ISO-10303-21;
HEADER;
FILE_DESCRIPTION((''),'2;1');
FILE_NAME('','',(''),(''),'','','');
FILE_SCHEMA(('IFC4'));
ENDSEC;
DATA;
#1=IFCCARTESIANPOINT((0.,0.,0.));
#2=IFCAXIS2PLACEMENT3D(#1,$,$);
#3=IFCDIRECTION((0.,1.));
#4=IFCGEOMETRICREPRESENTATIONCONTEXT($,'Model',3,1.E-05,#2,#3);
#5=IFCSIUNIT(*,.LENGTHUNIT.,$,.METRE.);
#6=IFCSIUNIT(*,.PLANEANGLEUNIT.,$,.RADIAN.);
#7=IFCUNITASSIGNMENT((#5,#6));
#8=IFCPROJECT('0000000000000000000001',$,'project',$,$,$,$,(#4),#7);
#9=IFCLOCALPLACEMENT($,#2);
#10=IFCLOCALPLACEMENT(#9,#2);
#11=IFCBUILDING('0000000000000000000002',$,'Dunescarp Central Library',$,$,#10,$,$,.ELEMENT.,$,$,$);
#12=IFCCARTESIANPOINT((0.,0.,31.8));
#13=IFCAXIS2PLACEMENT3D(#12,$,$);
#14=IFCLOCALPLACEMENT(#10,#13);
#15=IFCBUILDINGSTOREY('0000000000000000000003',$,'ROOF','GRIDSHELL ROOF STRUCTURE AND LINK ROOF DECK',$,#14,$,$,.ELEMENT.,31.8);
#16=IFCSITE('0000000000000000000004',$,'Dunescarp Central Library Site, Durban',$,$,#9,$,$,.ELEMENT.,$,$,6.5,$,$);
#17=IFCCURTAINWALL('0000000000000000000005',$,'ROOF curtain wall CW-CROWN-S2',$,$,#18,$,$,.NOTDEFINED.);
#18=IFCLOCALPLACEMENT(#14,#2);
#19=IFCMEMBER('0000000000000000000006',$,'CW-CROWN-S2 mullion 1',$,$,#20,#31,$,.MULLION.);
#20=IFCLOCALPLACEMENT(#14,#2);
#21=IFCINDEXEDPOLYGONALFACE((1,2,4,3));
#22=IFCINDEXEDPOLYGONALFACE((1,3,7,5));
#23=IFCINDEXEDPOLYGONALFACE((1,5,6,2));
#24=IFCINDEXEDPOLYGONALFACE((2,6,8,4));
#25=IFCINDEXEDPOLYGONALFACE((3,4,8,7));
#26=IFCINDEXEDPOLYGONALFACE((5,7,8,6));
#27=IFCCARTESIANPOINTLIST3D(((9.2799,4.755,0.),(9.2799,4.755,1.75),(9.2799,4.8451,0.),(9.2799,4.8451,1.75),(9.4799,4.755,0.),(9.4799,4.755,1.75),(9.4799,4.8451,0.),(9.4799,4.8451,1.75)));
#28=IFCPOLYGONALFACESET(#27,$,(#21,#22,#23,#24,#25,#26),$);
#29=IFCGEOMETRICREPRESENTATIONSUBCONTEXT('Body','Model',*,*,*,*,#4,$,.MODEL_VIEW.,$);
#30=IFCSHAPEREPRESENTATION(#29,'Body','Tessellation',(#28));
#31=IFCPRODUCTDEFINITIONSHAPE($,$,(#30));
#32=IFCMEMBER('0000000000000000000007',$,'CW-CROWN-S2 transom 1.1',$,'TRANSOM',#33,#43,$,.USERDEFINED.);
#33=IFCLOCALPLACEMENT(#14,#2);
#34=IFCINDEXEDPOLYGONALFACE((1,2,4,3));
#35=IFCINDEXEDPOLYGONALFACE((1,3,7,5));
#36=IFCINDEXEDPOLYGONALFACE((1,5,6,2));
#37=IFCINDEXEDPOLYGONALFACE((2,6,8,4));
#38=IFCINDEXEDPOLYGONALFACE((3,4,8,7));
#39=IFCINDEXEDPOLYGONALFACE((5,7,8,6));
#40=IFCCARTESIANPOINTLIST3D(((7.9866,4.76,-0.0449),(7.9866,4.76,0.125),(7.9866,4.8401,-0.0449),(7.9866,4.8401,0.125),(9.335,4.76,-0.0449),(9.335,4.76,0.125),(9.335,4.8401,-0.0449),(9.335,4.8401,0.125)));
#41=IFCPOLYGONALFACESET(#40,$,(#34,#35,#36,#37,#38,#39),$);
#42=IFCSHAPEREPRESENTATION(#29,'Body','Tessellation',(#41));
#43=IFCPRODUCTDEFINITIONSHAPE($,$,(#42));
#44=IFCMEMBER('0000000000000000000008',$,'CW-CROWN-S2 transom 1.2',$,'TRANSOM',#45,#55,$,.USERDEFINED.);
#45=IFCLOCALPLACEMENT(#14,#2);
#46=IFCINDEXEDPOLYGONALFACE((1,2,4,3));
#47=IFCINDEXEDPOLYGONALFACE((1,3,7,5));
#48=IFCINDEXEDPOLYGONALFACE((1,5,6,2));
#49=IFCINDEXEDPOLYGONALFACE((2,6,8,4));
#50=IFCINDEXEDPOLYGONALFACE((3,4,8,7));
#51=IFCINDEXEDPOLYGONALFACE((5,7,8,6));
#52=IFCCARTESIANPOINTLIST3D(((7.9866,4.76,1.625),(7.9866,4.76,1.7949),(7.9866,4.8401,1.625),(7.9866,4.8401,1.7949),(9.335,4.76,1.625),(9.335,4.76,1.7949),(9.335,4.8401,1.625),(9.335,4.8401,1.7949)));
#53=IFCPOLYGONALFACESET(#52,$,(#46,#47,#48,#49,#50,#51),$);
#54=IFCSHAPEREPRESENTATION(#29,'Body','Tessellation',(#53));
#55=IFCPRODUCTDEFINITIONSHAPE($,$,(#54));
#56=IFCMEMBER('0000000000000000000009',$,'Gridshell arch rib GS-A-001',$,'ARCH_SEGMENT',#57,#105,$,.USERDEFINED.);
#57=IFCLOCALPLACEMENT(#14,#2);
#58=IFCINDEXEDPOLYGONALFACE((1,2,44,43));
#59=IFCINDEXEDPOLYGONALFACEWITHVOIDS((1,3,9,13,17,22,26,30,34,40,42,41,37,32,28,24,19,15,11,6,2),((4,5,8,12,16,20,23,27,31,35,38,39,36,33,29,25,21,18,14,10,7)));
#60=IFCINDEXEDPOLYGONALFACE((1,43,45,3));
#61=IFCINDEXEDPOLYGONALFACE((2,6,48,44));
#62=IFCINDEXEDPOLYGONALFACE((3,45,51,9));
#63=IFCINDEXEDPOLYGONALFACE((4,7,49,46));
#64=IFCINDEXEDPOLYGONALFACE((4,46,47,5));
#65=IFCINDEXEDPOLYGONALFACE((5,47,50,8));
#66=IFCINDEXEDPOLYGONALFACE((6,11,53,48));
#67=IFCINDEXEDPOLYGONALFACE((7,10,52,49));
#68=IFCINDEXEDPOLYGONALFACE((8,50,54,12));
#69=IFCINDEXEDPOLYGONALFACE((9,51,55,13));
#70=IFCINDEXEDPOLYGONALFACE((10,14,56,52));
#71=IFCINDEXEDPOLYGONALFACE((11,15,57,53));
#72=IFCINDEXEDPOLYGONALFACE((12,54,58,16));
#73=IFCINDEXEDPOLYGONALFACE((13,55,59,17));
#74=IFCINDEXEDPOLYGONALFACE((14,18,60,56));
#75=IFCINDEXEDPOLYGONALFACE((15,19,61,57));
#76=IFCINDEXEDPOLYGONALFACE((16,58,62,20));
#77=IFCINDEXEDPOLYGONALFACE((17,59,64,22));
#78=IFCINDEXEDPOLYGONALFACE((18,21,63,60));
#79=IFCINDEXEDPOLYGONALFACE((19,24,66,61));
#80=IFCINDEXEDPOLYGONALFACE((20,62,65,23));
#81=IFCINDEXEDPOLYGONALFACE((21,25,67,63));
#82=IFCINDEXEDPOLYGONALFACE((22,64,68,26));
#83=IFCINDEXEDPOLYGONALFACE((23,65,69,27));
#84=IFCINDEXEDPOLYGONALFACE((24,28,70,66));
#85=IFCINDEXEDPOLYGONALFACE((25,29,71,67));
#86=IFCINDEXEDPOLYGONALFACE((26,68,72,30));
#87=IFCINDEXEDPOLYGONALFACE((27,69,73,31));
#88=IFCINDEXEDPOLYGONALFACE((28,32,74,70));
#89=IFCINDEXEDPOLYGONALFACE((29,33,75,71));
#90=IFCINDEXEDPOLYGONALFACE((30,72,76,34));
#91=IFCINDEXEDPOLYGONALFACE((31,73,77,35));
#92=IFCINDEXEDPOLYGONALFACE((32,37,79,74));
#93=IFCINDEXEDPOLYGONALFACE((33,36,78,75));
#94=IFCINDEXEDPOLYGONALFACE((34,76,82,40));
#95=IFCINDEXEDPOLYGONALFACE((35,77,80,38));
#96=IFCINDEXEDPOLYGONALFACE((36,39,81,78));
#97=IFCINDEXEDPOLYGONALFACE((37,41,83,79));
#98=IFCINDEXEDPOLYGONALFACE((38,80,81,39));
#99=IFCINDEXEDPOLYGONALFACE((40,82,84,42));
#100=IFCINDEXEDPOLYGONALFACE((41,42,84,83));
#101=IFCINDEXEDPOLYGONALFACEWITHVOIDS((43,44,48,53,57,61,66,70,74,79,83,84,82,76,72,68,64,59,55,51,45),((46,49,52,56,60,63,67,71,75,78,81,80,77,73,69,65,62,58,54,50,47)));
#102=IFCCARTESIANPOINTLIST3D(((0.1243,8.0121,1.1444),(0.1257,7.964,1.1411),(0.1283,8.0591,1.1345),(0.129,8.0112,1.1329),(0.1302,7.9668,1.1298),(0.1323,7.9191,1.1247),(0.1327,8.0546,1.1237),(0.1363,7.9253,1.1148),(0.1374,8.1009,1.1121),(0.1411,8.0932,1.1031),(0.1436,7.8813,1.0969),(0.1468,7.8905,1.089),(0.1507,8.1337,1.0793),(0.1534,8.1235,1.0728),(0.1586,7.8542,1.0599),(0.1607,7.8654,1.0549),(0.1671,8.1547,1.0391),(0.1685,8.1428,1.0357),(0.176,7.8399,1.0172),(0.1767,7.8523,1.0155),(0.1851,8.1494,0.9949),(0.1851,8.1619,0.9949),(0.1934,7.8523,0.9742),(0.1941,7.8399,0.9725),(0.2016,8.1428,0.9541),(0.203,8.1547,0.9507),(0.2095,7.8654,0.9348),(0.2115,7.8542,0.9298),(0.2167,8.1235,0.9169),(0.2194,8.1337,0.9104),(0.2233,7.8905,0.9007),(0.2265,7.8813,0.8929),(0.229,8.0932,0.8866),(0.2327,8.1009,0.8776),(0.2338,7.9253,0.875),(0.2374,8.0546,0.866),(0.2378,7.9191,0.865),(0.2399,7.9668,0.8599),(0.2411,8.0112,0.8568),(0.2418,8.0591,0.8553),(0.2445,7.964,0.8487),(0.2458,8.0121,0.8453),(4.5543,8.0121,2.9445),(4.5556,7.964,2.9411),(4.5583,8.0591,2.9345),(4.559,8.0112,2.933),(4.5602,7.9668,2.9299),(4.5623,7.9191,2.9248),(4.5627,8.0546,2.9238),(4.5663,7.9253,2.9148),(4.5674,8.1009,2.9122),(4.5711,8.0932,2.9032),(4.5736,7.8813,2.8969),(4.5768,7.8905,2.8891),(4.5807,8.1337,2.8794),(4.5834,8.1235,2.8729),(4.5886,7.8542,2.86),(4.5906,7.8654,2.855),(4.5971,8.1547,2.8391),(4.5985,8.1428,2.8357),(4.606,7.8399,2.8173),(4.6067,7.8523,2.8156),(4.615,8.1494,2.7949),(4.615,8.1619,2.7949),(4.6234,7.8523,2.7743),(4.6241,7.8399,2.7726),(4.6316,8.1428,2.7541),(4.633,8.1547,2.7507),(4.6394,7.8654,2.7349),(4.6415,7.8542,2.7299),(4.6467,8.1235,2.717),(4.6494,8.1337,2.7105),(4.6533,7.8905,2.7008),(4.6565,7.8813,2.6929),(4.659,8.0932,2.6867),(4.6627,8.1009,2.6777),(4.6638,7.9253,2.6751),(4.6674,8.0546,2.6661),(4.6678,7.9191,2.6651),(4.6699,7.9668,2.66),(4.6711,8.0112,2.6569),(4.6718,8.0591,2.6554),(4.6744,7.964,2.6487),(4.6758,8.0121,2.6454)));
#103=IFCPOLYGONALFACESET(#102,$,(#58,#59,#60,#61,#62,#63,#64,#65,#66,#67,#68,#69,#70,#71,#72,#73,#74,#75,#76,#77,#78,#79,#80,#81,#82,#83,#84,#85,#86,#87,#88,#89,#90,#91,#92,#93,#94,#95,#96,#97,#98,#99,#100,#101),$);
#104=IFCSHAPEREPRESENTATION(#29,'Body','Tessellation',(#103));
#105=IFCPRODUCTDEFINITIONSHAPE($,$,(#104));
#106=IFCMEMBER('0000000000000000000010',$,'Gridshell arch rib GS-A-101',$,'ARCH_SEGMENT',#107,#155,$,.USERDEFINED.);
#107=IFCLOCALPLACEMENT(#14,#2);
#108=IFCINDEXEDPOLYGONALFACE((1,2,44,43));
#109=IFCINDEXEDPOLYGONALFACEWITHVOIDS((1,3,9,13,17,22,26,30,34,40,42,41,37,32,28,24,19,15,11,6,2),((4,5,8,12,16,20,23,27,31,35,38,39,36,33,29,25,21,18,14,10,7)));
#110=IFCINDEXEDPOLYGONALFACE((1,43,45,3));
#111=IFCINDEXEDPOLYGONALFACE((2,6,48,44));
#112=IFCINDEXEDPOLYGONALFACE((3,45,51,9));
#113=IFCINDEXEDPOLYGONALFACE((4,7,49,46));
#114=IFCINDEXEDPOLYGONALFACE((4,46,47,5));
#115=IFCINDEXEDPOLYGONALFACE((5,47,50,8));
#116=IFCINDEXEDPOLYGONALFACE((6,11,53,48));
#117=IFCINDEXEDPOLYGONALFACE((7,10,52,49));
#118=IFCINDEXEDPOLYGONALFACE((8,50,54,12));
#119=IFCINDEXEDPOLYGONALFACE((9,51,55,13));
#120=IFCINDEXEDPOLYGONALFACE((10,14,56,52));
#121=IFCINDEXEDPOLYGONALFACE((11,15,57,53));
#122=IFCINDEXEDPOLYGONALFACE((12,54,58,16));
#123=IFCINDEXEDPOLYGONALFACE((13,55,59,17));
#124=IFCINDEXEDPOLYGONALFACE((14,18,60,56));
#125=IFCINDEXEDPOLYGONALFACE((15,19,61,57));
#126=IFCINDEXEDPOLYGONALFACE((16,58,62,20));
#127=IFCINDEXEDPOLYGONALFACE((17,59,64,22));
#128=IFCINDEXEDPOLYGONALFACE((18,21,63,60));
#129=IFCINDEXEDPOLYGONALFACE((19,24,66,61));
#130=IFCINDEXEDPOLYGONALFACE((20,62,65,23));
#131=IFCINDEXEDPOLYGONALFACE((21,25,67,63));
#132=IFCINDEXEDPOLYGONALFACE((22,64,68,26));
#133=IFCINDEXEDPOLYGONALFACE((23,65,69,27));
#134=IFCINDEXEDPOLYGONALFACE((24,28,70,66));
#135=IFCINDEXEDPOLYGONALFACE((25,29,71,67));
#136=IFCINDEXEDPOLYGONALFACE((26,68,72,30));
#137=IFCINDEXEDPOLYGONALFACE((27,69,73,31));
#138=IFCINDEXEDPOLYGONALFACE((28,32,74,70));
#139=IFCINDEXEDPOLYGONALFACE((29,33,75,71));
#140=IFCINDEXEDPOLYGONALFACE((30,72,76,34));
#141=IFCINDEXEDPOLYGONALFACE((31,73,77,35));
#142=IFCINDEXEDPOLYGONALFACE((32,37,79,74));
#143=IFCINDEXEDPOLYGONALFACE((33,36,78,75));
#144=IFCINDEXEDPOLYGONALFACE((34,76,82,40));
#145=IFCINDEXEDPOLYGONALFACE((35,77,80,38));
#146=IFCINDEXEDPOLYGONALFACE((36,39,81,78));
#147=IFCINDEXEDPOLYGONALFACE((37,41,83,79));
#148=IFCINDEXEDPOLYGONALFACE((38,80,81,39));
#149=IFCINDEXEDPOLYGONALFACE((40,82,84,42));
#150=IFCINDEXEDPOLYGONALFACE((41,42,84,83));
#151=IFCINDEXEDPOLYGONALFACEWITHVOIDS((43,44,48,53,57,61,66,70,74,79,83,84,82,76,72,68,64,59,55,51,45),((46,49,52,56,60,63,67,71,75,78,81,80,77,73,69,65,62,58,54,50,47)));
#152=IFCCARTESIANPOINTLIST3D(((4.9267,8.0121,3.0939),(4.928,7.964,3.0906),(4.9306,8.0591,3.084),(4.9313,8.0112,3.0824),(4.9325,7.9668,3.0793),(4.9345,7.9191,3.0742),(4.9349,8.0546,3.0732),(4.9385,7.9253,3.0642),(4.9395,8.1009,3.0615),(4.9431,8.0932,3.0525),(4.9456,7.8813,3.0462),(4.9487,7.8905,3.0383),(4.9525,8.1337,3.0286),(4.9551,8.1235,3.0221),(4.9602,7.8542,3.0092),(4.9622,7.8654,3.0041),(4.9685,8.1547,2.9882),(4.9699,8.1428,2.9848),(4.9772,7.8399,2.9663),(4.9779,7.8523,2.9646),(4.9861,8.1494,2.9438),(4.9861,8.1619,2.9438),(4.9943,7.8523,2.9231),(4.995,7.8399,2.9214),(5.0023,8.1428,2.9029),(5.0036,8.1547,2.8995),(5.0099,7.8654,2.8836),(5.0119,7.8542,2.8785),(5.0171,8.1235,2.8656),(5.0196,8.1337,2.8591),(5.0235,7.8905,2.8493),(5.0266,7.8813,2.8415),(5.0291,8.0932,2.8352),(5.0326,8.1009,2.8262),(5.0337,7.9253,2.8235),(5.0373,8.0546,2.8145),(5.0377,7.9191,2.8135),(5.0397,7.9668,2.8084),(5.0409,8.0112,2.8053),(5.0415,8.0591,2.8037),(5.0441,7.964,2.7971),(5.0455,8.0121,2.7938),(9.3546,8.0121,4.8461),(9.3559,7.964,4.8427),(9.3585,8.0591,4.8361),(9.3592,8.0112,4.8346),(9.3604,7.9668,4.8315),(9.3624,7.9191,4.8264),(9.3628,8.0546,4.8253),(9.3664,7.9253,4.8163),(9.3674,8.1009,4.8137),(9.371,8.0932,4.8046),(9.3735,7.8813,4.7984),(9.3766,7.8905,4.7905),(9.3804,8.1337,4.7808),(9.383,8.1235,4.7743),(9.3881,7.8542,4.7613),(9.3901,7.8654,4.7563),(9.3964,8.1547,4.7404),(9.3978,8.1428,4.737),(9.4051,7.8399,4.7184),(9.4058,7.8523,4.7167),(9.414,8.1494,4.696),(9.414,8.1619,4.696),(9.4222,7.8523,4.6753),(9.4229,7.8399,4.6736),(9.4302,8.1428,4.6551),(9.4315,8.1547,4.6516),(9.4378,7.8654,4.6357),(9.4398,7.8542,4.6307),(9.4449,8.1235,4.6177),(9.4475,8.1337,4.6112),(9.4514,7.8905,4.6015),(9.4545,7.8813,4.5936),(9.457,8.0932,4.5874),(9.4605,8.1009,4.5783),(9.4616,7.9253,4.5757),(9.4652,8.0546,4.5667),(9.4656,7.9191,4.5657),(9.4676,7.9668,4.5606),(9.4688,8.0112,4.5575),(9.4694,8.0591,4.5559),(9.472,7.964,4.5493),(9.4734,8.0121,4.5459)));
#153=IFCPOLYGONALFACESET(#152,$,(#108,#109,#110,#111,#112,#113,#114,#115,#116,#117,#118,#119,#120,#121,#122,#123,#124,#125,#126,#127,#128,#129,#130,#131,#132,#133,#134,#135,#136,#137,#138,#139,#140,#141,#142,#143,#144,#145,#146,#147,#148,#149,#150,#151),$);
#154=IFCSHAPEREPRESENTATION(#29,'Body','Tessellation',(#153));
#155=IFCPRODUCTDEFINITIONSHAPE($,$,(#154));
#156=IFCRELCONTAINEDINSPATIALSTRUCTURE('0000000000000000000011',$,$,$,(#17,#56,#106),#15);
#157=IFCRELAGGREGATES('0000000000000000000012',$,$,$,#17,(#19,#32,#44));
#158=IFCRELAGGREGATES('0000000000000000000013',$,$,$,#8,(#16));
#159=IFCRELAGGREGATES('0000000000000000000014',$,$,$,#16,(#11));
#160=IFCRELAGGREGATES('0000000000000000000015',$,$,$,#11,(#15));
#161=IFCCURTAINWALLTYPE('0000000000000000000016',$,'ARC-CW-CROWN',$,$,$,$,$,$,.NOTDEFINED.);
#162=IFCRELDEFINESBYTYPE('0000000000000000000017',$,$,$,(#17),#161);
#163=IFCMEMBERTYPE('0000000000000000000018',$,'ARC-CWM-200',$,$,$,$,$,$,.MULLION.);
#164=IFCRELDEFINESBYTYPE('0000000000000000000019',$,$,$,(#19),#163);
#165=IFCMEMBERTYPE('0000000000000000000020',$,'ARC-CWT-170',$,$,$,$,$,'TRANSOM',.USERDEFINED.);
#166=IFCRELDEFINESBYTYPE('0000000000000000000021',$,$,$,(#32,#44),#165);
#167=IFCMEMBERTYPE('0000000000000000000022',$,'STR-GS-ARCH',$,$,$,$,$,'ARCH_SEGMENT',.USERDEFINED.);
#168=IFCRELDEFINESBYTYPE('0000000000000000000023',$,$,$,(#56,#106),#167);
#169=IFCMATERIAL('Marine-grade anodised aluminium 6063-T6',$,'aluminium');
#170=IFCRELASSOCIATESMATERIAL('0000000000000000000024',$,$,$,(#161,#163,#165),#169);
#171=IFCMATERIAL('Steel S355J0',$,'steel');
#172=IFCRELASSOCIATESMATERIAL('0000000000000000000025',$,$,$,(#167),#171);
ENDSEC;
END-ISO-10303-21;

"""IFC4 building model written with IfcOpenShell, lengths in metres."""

from ifc_helpers import new_model, si_unit, direction, frame, origin, origin_2d, place, context, subcontext, project, spatial, rectangle, hollow_circle, extrude, material, material_profile, profile_set, type_object, element, aggregate, save


model = new_model("IFC4")

# Units and contexts
model_context = context("Model", 3, precision=1e-05, world=origin(), true_north=direction((0.0, 1.0)))
body_context = subcontext(model_context, "Body", "Model", "MODEL_VIEW")
ifc_project = project(units=[si_unit("LENGTHUNIT", "METRE"), si_unit("PLANEANGLEUNIT", "RADIAN")], contexts=[model_context])

# Site, building, storey
site_placement = place(None, origin())
site = spatial("IfcSite", under=ifc_project, at=site_placement, Name="Dunescarp Central Library Site, Durban", CompositionType="ELEMENT", RefElevation=6.5)
building_placement = place(site_placement, origin())
building = spatial("IfcBuilding", under=site, at=building_placement, Name="Dunescarp Central Library", CompositionType="ELEMENT")
storey_placement = place(building_placement, frame((0.0, 0.0, 31.8)))
storey = spatial("IfcBuildingStorey", under=building, at=storey_placement, Name="ROOF", Description="GRIDSHELL ROOF STRUCTURE AND LINK ROOF DECK", CompositionType="ELEMENT", Elevation=31.8)

# Curtain wall, members
ifc_material_1 = material(Name="Marine-grade anodised aluminium 6063-T6", Category="aluminium")
curtain_wall_type = type_object("IfcCurtainWallType", Name="ARC-CW-CROWN", PredefinedType="NOTDEFINED", material=ifc_material_1)
curtain_wall_placement = place(storey_placement, origin())
curtain_wall = element("IfcCurtainWall", 1, at=curtain_wall_placement, inside=storey, type_object=curtain_wall_type, Name="ROOF curtain wall CW-CROWN-S2", PredefinedType="NOTDEFINED")
ifc_material_profile_1 = material_profile(ifc_material_1, rectangle(XDim=0.0901, YDim=0.2, at=origin_2d()), Name="AL 90x200")
ifc_profile_set_1 = profile_set([ifc_material_profile_1], Name="Marine-grade anodised aluminium 6063-T6")
member_type_1 = type_object("IfcMemberType", Name="ARC-CWM-200", PredefinedType="MULLION", material=ifc_profile_set_1)
member_1_placement = place(storey_placement, frame((9.3799, 4.8, 0.0), z_axis=(0.0, 0.0, 1.0), x_axis=(0.0, -1.0, 0.0)))
member_1 = element("IfcMember", 2, at=member_1_placement, type_object=member_type_1, Name="CW-CROWN-S2 mullion 1", PredefinedType="MULLION", context=body_context, shape_type="SweptSolid", body=[
    extrude(rectangle(XDim=0.0901, YDim=0.2, at=origin_2d()), origin(), (0.0, 0.0, 1.0), 1.75),
])
ifc_material_profile_2 = material_profile(ifc_material_1, rectangle(XDim=0.0801, YDim=0.1699, at=origin_2d()), Name="AL 80x170")
ifc_profile_set_2 = profile_set([ifc_material_profile_2], Name="Marine-grade anodised aluminium 6063-T6")
member_type_2 = type_object("IfcMemberType", Name="ARC-CWT-170", ElementType="TRANSOM", PredefinedType="USERDEFINED", material=ifc_profile_set_2)
member_2_placement = place(storey_placement, frame((9.335, 4.8, 0.04), z_axis=(-1.0, 0.0, 0.0), x_axis=(0.0, -1.0, 0.0)))
member_2 = element("IfcMember", 3, at=member_2_placement, type_object=member_type_2, Name="CW-CROWN-S2 transom 1.1", ObjectType="TRANSOM", PredefinedType="USERDEFINED", context=body_context, shape_type="SweptSolid", body=[
    extrude(rectangle(XDim=0.0801, YDim=0.1699, at=origin_2d()), origin(), (0.0, 0.0, 1.0), 1.3484),
])
member_3_placement = place(storey_placement, frame((9.335, 4.8, 1.71), z_axis=(-1.0, 0.0, 0.0), x_axis=(0.0, -1.0, 0.0)))
member_3 = element("IfcMember", 4, at=member_3_placement, type_object=member_type_2, Name="CW-CROWN-S2 transom 1.2", ObjectType="TRANSOM", PredefinedType="USERDEFINED", context=body_context, shape_type="SweptSolid", body=[
    extrude(rectangle(XDim=0.0801, YDim=0.1699, at=origin_2d()), origin(), (0.0, 0.0, 1.0), 1.3484),
])
aggregate(curtain_wall, [member_1, member_2, member_3])

# Members
ifc_material_2 = material(Name="Steel S355J0", Category="steel")
ifc_material_profile_3 = material_profile(ifc_material_2, hollow_circle(Radius=0.1619, WallThickness=0.0125, at=origin_2d()), Name="CHS 323.9x12.5")
ifc_profile_set_3 = profile_set([ifc_material_profile_3], Name="Steel S355J0")
member_type_3 = type_object("IfcMemberType", Name="STR-GS-ARCH", ElementType="ARCH_SEGMENT", PredefinedType="USERDEFINED", material=ifc_profile_set_3)
member_4_placement = place(storey_placement, frame((0.1851, 8.0, 0.9949), z_axis=(0.926438, 0.0, 0.376447), x_axis=(0.0, 1.0, 0.0)))
element("IfcMember", 5, at=member_4_placement, inside=storey, type_object=member_type_3, Name="Gridshell arch rib GS-A-001", ObjectType="ARCH_SEGMENT", PredefinedType="USERDEFINED", context=body_context, shape_type="SweptSolid", body=[
    extrude(hollow_circle(Radius=0.1619, WallThickness=0.0125, at=origin_2d()), origin(), (0.0, 0.0, 1.0), 4.7817),
])
member_5_placement = place(storey_placement, frame((4.9861, 8.0, 2.9438), z_axis=(0.929846, 0.0, 0.36795), x_axis=(0.0, 1.0, 0.0)))
element("IfcMember", 6, at=member_5_placement, inside=storey, type_object=member_type_3, Name="Gridshell arch rib GS-A-101", ObjectType="ARCH_SEGMENT", PredefinedType="USERDEFINED", context=body_context, shape_type="SweptSolid", body=[
    extrude(hollow_circle(Radius=0.1619, WallThickness=0.0125, at=origin_2d()), origin(), (0.0, 0.0, 1.0), 4.762),
])

save(model, "model.ifc")
